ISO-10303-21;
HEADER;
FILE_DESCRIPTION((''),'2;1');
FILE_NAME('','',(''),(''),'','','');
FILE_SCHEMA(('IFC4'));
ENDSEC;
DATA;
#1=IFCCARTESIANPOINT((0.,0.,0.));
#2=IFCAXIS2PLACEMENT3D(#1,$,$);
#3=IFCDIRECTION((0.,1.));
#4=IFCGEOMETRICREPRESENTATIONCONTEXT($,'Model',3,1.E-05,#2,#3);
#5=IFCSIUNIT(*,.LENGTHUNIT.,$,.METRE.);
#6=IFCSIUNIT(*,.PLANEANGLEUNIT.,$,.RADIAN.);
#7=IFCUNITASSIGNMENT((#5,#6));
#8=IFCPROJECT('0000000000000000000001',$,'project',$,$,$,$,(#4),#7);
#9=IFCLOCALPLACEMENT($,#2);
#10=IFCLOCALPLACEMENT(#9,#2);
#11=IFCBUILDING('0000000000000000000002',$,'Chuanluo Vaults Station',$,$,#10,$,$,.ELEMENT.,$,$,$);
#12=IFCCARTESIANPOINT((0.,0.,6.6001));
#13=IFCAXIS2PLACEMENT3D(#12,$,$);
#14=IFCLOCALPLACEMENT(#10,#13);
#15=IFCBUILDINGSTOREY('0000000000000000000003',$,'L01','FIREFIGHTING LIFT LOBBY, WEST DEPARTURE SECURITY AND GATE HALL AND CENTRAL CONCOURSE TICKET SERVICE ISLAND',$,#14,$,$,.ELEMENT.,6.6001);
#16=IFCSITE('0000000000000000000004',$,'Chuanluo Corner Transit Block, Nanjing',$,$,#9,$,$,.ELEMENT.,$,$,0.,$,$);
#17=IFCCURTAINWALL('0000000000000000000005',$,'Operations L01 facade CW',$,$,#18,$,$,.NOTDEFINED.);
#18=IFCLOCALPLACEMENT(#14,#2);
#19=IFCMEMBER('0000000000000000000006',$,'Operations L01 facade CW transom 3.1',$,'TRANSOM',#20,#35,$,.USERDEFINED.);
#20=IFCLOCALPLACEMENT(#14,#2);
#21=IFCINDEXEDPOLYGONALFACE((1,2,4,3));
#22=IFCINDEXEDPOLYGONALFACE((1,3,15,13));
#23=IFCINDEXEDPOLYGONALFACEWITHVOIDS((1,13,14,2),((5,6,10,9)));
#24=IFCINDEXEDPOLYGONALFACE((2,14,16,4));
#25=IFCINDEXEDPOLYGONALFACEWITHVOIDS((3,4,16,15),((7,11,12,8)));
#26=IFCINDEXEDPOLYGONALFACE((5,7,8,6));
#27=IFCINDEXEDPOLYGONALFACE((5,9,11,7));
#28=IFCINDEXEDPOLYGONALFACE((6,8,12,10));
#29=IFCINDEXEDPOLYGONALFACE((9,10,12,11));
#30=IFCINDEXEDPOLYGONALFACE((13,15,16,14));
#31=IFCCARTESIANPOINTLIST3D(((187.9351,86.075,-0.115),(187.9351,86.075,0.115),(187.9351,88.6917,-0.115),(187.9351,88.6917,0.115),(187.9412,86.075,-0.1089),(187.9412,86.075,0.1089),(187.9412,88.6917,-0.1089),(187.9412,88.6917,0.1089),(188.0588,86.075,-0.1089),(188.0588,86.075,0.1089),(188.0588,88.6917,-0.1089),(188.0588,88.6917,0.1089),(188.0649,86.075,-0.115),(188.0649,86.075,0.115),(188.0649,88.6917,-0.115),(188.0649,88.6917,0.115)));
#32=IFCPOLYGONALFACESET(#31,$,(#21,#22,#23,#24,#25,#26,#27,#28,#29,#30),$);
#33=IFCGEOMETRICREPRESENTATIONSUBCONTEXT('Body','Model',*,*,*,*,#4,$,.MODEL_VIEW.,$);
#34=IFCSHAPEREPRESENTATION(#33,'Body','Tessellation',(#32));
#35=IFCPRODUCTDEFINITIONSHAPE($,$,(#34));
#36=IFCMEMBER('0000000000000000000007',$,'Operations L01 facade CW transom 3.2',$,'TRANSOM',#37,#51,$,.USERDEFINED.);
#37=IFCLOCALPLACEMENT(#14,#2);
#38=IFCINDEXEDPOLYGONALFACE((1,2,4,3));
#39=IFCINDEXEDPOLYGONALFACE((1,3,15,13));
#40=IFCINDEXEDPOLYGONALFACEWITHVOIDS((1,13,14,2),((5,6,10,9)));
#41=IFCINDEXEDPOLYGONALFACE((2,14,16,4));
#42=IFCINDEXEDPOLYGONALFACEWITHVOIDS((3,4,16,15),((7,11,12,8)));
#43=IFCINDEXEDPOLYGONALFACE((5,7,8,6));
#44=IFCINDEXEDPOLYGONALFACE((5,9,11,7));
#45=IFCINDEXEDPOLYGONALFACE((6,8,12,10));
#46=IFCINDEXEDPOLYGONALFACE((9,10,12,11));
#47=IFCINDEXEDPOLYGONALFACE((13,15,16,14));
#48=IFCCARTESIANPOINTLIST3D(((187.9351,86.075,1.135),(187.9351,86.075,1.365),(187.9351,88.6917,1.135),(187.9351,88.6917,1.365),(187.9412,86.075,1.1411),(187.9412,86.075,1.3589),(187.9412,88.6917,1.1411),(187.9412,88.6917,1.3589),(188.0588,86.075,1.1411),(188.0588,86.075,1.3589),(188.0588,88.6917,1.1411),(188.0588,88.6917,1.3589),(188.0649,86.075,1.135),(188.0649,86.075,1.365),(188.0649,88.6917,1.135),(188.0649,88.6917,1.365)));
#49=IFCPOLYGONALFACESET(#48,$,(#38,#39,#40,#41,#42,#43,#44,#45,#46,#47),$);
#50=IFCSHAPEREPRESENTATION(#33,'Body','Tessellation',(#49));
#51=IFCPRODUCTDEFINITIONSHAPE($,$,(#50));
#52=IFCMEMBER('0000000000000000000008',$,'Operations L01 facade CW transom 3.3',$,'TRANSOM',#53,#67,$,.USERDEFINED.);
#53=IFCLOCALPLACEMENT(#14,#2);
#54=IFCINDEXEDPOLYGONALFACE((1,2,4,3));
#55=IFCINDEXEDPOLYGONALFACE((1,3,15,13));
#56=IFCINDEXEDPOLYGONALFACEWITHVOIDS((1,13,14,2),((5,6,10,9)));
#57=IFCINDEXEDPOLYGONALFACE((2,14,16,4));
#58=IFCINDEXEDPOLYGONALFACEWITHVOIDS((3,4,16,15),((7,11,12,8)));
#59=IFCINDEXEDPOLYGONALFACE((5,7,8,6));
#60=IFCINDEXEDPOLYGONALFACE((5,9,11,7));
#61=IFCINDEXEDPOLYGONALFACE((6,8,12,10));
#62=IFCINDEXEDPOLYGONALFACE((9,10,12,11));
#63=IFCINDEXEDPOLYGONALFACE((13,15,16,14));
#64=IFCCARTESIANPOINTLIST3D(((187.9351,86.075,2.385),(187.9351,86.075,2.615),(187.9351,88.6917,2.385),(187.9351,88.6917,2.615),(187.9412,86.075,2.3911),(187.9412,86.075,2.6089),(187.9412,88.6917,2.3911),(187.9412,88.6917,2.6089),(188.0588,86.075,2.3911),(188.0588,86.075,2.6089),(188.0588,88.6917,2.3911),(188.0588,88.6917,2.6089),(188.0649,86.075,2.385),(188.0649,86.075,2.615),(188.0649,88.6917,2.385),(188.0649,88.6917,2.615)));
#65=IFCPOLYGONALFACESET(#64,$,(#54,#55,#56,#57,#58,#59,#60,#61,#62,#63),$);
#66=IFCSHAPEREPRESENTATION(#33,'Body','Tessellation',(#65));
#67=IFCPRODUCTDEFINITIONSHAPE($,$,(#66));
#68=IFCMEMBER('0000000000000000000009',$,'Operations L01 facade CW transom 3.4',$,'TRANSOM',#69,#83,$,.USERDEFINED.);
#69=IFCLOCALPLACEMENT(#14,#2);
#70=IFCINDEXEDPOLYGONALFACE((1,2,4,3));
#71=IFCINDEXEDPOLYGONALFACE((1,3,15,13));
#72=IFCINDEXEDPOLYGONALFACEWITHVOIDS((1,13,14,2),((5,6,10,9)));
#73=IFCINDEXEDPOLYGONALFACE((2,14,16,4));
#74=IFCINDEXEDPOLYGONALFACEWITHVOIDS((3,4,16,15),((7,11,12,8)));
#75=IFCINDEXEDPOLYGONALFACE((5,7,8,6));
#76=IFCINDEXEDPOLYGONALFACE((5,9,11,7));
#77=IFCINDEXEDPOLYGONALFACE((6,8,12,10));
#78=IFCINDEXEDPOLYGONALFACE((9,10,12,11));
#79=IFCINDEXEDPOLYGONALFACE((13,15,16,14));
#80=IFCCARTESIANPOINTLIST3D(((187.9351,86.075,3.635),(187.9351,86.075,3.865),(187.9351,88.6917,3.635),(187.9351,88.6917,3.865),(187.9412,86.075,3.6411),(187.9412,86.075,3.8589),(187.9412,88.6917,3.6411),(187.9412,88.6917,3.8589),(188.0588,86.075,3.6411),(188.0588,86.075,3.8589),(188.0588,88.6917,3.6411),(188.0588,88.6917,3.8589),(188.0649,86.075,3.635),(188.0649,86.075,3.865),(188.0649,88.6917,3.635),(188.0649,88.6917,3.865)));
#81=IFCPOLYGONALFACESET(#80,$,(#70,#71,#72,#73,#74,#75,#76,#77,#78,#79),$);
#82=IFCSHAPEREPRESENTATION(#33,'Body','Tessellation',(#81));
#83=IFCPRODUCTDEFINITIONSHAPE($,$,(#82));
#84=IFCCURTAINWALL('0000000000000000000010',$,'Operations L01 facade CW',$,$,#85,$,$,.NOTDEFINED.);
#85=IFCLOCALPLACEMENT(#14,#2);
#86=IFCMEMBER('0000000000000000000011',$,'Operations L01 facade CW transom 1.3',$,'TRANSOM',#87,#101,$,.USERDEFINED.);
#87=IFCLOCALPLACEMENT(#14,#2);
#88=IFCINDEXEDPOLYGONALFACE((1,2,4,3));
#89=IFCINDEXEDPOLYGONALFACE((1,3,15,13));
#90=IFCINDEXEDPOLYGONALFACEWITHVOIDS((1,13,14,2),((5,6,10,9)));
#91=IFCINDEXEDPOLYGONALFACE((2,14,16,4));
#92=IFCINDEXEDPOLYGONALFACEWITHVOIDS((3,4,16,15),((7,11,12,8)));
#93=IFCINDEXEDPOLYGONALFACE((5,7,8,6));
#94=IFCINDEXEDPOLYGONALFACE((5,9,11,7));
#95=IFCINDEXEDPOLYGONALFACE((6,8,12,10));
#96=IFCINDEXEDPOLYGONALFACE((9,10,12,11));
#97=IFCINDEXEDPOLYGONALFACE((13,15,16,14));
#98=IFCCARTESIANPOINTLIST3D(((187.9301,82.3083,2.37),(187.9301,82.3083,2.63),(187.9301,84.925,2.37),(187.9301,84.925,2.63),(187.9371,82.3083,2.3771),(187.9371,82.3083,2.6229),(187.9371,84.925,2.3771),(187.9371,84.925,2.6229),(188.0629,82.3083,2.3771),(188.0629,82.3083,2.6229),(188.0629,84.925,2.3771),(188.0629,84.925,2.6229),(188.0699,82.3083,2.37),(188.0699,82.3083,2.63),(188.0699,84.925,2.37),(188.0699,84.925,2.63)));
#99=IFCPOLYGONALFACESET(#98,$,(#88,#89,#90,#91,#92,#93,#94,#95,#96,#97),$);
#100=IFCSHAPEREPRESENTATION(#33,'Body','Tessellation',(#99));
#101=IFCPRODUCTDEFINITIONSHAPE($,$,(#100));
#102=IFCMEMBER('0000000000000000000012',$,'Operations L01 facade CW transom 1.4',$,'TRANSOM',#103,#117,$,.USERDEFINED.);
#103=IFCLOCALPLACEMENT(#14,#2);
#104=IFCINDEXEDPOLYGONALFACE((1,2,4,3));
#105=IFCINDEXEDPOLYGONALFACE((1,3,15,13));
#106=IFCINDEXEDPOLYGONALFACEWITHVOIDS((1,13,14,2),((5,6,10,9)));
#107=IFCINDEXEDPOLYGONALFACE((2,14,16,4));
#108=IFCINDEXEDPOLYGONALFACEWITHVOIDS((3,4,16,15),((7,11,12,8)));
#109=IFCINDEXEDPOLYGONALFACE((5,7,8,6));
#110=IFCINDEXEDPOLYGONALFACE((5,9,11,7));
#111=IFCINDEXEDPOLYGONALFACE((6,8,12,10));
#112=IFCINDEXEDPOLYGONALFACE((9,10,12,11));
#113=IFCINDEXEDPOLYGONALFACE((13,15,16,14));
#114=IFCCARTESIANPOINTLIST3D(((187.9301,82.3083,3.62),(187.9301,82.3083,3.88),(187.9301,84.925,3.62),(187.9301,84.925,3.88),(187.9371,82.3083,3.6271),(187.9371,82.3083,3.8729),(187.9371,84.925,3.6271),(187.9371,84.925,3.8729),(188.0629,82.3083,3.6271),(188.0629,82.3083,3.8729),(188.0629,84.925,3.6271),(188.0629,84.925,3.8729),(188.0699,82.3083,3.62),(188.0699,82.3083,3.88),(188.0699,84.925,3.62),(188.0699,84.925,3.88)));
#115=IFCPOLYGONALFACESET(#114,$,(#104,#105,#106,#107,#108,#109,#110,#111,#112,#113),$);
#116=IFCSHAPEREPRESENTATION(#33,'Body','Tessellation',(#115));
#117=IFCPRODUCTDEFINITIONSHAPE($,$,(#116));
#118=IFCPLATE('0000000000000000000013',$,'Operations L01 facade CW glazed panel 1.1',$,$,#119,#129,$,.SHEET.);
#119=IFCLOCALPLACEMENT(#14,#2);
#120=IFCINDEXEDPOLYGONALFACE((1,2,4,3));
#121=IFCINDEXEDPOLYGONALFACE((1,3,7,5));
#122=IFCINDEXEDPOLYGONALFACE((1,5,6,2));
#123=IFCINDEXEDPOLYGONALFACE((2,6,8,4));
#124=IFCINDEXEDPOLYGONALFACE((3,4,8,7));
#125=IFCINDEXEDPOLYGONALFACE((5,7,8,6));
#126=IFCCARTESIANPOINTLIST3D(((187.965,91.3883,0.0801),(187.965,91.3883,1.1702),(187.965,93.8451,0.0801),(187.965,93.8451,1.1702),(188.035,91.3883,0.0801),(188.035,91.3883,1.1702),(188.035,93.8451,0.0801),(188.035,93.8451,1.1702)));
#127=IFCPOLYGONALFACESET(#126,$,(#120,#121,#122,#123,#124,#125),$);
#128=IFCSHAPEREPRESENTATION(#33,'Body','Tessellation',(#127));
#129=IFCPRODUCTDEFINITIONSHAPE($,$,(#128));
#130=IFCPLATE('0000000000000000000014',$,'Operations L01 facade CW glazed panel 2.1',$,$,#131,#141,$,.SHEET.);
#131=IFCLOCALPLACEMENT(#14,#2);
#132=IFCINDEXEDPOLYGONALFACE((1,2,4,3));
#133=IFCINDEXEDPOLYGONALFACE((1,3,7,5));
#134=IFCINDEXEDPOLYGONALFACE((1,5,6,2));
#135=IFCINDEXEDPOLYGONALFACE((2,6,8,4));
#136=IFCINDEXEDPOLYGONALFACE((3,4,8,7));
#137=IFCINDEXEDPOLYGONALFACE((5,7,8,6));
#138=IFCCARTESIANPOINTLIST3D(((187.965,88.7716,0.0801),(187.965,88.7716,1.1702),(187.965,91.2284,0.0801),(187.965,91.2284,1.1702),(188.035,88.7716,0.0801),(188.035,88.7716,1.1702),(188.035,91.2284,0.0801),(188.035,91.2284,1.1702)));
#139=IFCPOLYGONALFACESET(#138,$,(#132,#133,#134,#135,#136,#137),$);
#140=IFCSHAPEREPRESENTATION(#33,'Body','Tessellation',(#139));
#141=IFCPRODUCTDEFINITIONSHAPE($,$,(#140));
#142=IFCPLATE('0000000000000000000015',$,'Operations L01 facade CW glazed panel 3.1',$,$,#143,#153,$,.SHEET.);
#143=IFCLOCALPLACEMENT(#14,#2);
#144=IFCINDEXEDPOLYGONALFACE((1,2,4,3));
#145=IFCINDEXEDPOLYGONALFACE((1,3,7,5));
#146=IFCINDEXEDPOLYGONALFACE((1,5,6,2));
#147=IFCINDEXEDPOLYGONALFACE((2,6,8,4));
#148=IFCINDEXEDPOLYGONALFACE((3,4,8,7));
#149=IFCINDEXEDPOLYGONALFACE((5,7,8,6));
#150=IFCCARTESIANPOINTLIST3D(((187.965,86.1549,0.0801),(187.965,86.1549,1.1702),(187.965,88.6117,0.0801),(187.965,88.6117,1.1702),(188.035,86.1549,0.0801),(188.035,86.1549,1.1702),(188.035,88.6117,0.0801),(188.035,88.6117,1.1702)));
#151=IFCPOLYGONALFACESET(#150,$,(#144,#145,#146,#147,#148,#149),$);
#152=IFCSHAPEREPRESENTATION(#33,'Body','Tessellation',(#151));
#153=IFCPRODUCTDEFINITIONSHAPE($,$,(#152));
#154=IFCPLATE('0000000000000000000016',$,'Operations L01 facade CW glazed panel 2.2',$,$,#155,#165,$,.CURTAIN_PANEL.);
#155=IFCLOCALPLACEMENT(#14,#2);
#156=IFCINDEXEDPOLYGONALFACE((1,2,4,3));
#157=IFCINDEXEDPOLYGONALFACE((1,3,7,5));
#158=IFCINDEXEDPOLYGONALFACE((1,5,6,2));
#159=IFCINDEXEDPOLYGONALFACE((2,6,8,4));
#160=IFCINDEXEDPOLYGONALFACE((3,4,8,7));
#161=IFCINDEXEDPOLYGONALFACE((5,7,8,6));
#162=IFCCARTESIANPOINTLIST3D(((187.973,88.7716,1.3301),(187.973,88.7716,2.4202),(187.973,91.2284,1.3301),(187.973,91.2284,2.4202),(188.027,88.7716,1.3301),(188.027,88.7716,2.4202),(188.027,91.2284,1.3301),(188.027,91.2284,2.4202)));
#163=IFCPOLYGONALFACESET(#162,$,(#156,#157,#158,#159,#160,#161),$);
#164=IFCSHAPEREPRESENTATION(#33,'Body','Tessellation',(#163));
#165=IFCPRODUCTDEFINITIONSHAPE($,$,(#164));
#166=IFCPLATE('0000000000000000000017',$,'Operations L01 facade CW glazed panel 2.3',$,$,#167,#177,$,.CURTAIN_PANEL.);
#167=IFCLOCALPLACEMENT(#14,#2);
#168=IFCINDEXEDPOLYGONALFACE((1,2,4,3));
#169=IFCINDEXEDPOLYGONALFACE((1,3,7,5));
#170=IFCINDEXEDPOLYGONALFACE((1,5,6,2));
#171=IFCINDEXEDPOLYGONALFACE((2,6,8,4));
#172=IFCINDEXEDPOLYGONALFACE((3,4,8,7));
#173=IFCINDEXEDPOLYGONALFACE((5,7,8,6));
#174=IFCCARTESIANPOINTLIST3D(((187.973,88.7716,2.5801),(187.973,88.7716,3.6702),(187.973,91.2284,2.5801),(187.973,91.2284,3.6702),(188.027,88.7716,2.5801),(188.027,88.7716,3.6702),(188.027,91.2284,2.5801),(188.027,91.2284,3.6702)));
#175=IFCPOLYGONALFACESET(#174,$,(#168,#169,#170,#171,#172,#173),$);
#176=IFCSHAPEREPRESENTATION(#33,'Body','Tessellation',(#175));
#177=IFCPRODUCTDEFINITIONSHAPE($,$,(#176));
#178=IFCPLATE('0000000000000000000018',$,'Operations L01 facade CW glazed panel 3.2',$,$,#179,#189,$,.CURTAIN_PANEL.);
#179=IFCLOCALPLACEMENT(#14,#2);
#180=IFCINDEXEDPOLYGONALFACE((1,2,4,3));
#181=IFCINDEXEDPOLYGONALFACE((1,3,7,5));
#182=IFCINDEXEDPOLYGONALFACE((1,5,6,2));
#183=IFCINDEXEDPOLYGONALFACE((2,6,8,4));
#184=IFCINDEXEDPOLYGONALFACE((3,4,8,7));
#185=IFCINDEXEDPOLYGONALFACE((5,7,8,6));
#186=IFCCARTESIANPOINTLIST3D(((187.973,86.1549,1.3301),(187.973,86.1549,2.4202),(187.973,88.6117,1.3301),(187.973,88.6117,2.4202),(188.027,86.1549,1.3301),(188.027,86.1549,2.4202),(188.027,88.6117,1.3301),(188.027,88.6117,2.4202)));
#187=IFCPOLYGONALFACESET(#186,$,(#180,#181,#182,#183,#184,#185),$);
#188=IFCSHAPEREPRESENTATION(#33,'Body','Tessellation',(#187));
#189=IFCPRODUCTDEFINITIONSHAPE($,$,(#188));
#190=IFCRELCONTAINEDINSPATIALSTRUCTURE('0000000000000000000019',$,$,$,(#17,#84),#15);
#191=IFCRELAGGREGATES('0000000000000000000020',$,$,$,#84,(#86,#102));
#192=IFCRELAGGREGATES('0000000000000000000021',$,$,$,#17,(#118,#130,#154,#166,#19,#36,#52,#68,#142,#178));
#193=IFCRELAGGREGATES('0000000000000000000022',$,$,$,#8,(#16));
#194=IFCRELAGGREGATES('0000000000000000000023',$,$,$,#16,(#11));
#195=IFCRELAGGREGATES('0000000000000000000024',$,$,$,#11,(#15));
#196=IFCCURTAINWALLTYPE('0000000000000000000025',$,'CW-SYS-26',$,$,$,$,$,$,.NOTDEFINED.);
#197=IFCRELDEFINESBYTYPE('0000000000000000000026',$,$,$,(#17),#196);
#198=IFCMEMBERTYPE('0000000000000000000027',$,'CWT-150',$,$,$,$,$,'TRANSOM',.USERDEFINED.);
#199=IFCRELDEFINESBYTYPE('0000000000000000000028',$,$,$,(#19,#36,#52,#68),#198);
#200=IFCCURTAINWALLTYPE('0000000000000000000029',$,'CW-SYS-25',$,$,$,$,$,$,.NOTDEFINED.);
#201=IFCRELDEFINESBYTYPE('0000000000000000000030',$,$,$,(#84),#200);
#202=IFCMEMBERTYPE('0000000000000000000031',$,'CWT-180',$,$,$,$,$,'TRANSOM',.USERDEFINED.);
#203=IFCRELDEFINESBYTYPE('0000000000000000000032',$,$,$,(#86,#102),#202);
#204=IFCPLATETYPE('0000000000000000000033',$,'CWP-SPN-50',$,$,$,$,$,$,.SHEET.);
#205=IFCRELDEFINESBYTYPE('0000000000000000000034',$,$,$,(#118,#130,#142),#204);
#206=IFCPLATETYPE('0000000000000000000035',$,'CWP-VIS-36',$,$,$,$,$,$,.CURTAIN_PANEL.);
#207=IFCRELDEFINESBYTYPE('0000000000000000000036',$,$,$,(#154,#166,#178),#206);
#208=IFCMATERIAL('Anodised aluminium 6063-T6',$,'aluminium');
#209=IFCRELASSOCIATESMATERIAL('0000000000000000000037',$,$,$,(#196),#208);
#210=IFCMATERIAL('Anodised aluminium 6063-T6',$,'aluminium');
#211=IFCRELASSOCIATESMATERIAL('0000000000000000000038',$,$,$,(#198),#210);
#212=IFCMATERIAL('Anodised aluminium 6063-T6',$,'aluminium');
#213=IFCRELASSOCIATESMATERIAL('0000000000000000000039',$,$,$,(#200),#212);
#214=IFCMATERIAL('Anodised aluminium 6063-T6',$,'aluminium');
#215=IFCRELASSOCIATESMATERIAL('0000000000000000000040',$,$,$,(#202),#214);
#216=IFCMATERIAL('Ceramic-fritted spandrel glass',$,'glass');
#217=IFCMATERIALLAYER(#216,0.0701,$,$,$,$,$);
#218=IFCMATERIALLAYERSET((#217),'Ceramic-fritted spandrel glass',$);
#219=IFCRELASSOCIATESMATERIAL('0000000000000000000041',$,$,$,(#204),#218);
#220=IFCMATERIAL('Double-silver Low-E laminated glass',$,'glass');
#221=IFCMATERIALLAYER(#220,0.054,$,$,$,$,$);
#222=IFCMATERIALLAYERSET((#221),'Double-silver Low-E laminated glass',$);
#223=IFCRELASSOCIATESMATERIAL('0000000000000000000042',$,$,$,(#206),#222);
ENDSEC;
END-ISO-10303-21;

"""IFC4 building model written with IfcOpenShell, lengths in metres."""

from ifc_helpers import new_model, si_unit, direction, frame, origin, origin_2d, place, context, subcontext, project, spatial, rectangle, hollow_rectangle, extrude, material, layer, layer_set, material_profile, profile_set, type_object, element, aggregate, save


model = new_model("IFC4")

# Units and contexts
model_context = context("Model", 3, precision=1e-05, world=origin(), true_north=direction((0.0, 1.0)))
body_context = subcontext(model_context, "Body", "Model", "MODEL_VIEW")
ifc_project = project(units=[si_unit("LENGTHUNIT", "METRE"), si_unit("PLANEANGLEUNIT", "RADIAN")], contexts=[model_context])

# Site, building, storey
site_placement = place(None, origin())
site = spatial("IfcSite", under=ifc_project, at=site_placement, Name="Chuanluo Corner Transit Block, Nanjing", CompositionType="ELEMENT", RefElevation=0.0)
building_placement = place(site_placement, origin())
building = spatial("IfcBuilding", under=site, at=building_placement, Name="Chuanluo Vaults Station", CompositionType="ELEMENT")
storey_placement = place(building_placement, frame((0.0, 0.0, 6.6001)))
storey = spatial("IfcBuildingStorey", under=building, at=storey_placement, Name="L01", Description="FIREFIGHTING LIFT LOBBY, WEST DEPARTURE SECURITY AND GATE HALL AND CENTRAL CONCOURSE TICKET SERVICE ISLAND", CompositionType="ELEMENT", Elevation=6.6001)

# Curtain walls, members
ifc_material_1 = material(Name="Anodised aluminium 6063-T6", Category="aluminium")
curtain_wall_type_1 = type_object("IfcCurtainWallType", Name="CW-SYS-26", PredefinedType="NOTDEFINED", material=ifc_material_1)
curtain_wall_1_placement = place(storey_placement, origin())
curtain_wall_1 = element("IfcCurtainWall", 1, at=curtain_wall_1_placement, inside=storey, type_object=curtain_wall_type_1, Name="Operations L01 facade CW", PredefinedType="NOTDEFINED")
ifc_material_2 = material(Name="Anodised aluminium 6063-T6", Category="aluminium")
ifc_material_profile_1 = material_profile(ifc_material_2, hollow_rectangle(XDim=0.1299, YDim=0.23, WallThickness=0.0061, at=origin_2d()))
ifc_profile_set_1 = profile_set([ifc_material_profile_1], Name="Anodised aluminium 6063-T6")
member_type_1 = type_object("IfcMemberType", Name="CWT-150", ElementType="TRANSOM", PredefinedType="USERDEFINED", material=ifc_profile_set_1)
member_1_placement = place(storey_placement, frame((188.0, 88.6917, 0.0), z_axis=(0.0, -1.0, 0.0), x_axis=(1.0, 0.0, 0.0)))
member_1 = element("IfcMember", 2, at=member_1_placement, type_object=member_type_1, Name="Operations L01 facade CW transom 3.1", ObjectType="TRANSOM", PredefinedType="USERDEFINED", context=body_context, shape_type="SweptSolid", body=[
    extrude(hollow_rectangle(XDim=0.1299, YDim=0.23, WallThickness=0.0061, at=origin_2d()), origin(), (0.0, 0.0, 1.0), 2.6167),
])
member_2_placement = place(storey_placement, frame((188.0, 88.6917, 1.25), z_axis=(0.0, -1.0, 0.0), x_axis=(1.0, 0.0, 0.0)))
member_2 = element("IfcMember", 3, at=member_2_placement, type_object=member_type_1, Name="Operations L01 facade CW transom 3.2", ObjectType="TRANSOM", PredefinedType="USERDEFINED", context=body_context, shape_type="SweptSolid", body=[
    extrude(hollow_rectangle(XDim=0.1299, YDim=0.23, WallThickness=0.0061, at=origin_2d()), origin(), (0.0, 0.0, 1.0), 2.6167),
])
member_3_placement = place(storey_placement, frame((188.0, 88.6917, 2.5), z_axis=(0.0, -1.0, 0.0), x_axis=(1.0, 0.0, 0.0)))
member_3 = element("IfcMember", 4, at=member_3_placement, type_object=member_type_1, Name="Operations L01 facade CW transom 3.3", ObjectType="TRANSOM", PredefinedType="USERDEFINED", context=body_context, shape_type="SweptSolid", body=[
    extrude(hollow_rectangle(XDim=0.1299, YDim=0.23, WallThickness=0.0061, at=origin_2d()), origin(), (0.0, 0.0, 1.0), 2.6167),
])
member_4_placement = place(storey_placement, frame((188.0, 88.6917, 3.75), z_axis=(0.0, -1.0, 0.0), x_axis=(1.0, 0.0, 0.0)))
member_4 = element("IfcMember", 5, at=member_4_placement, type_object=member_type_1, Name="Operations L01 facade CW transom 3.4", ObjectType="TRANSOM", PredefinedType="USERDEFINED", context=body_context, shape_type="SweptSolid", body=[
    extrude(hollow_rectangle(XDim=0.1299, YDim=0.23, WallThickness=0.0061, at=origin_2d()), origin(), (0.0, 0.0, 1.0), 2.6167),
])
ifc_material_3 = material(Name="Anodised aluminium 6063-T6", Category="aluminium")
curtain_wall_type_2 = type_object("IfcCurtainWallType", Name="CW-SYS-25", PredefinedType="NOTDEFINED", material=ifc_material_3)
curtain_wall_2_placement = place(storey_placement, origin())
curtain_wall_2 = element("IfcCurtainWall", 6, at=curtain_wall_2_placement, inside=storey, type_object=curtain_wall_type_2, Name="Operations L01 facade CW", PredefinedType="NOTDEFINED")
ifc_material_4 = material(Name="Anodised aluminium 6063-T6", Category="aluminium")
ifc_material_profile_2 = material_profile(ifc_material_4, hollow_rectangle(XDim=0.1399, YDim=0.26, WallThickness=0.0071, at=origin_2d()))
ifc_profile_set_2 = profile_set([ifc_material_profile_2], Name="Anodised aluminium 6063-T6")
member_type_2 = type_object("IfcMemberType", Name="CWT-180", ElementType="TRANSOM", PredefinedType="USERDEFINED", material=ifc_profile_set_2)
member_5_placement = place(storey_placement, frame((188.0, 84.925, 2.5), z_axis=(0.0, -1.0, 0.0), x_axis=(1.0, 0.0, 0.0)))
member_5 = element("IfcMember", 7, at=member_5_placement, type_object=member_type_2, Name="Operations L01 facade CW transom 1.3", ObjectType="TRANSOM", PredefinedType="USERDEFINED", context=body_context, shape_type="SweptSolid", body=[
    extrude(hollow_rectangle(XDim=0.1399, YDim=0.26, WallThickness=0.0071, at=origin_2d()), origin(), (0.0, 0.0, 1.0), 2.6167),
])
member_6_placement = place(storey_placement, frame((188.0, 84.925, 3.75), z_axis=(0.0, -1.0, 0.0), x_axis=(1.0, 0.0, 0.0)))
member_6 = element("IfcMember", 8, at=member_6_placement, type_object=member_type_2, Name="Operations L01 facade CW transom 1.4", ObjectType="TRANSOM", PredefinedType="USERDEFINED", context=body_context, shape_type="SweptSolid", body=[
    extrude(hollow_rectangle(XDim=0.1399, YDim=0.26, WallThickness=0.0071, at=origin_2d()), origin(), (0.0, 0.0, 1.0), 2.6167),
])
aggregate(curtain_wall_2, [member_5, member_6])

# Plates
ifc_material_5 = material(Name="Ceramic-fritted spandrel glass", Category="glass")
ifc_layer_1 = layer(ifc_material_5, 0.0701)
ifc_layer_set_1 = layer_set([ifc_layer_1], Name="Ceramic-fritted spandrel glass")
plate_type_1 = type_object("IfcPlateType", Name="CWP-SPN-50", PredefinedType="SHEET", material=ifc_layer_set_1)
plate_1_placement = place(storey_placement, frame((188.0, 92.6167, 0.0801), z_axis=(0.0, 0.0, 1.0), x_axis=(0.0, -1.0, 0.0)))
plate_1 = element("IfcPlate", 9, at=plate_1_placement, type_object=plate_type_1, Name="Operations L01 facade CW glazed panel 1.1", PredefinedType="SHEET", context=body_context, shape_type="SweptSolid", body=[
    extrude(rectangle(XDim=2.4568, YDim=0.0701, at=origin_2d()), origin(), (0.0, 0.0, 1.0), 1.0901),
])
plate_2_placement = place(storey_placement, frame((188.0, 90.0, 0.0801), z_axis=(0.0, 0.0, 1.0), x_axis=(0.0, -1.0, 0.0)))
plate_2 = element("IfcPlate", 10, at=plate_2_placement, type_object=plate_type_1, Name="Operations L01 facade CW glazed panel 2.1", PredefinedType="SHEET", context=body_context, shape_type="SweptSolid", body=[
    extrude(rectangle(XDim=2.4568, YDim=0.0701, at=origin_2d()), origin(), (0.0, 0.0, 1.0), 1.0901),
])
plate_3_placement = place(storey_placement, frame((188.0, 87.3833, 0.0801), z_axis=(0.0, 0.0, 1.0), x_axis=(0.0, -1.0, 0.0)))
plate_3 = element("IfcPlate", 11, at=plate_3_placement, type_object=plate_type_1, Name="Operations L01 facade CW glazed panel 3.1", PredefinedType="SHEET", context=body_context, shape_type="SweptSolid", body=[
    extrude(rectangle(XDim=2.4568, YDim=0.0701, at=origin_2d()), origin(), (0.0, 0.0, 1.0), 1.0901),
])
ifc_material_6 = material(Name="Double-silver Low-E laminated glass", Category="glass")
ifc_layer_2 = layer(ifc_material_6, 0.054)
ifc_layer_set_2 = layer_set([ifc_layer_2], Name="Double-silver Low-E laminated glass")
plate_type_2 = type_object("IfcPlateType", Name="CWP-VIS-36", PredefinedType="CURTAIN_PANEL", material=ifc_layer_set_2)
plate_4_placement = place(storey_placement, frame((188.0, 90.0, 1.3301), z_axis=(0.0, 0.0, 1.0), x_axis=(0.0, -1.0, 0.0)))
plate_4 = element("IfcPlate", 12, at=plate_4_placement, type_object=plate_type_2, Name="Operations L01 facade CW glazed panel 2.2", PredefinedType="CURTAIN_PANEL", context=body_context, shape_type="SweptSolid", body=[
    extrude(rectangle(XDim=2.4568, YDim=0.054, at=origin_2d()), origin(), (0.0, 0.0, 1.0), 1.0901),
])
plate_5_placement = place(storey_placement, frame((188.0, 90.0, 2.5801), z_axis=(0.0, 0.0, 1.0), x_axis=(0.0, -1.0, 0.0)))
plate_5 = element("IfcPlate", 13, at=plate_5_placement, type_object=plate_type_2, Name="Operations L01 facade CW glazed panel 2.3", PredefinedType="CURTAIN_PANEL", context=body_context, shape_type="SweptSolid", body=[
    extrude(rectangle(XDim=2.4568, YDim=0.054, at=origin_2d()), origin(), (0.0, 0.0, 1.0), 1.0901),
])
plate_6_placement = place(storey_placement, frame((188.0, 87.3833, 1.3301), z_axis=(0.0, 0.0, 1.0), x_axis=(0.0, -1.0, 0.0)))
plate_6 = element("IfcPlate", 14, at=plate_6_placement, type_object=plate_type_2, Name="Operations L01 facade CW glazed panel 3.2", PredefinedType="CURTAIN_PANEL", context=body_context, shape_type="SweptSolid", body=[
    extrude(rectangle(XDim=2.4568, YDim=0.054, at=origin_2d()), origin(), (0.0, 0.0, 1.0), 1.0901),
])
aggregate(curtain_wall_1, [plate_1, plate_2, plate_4, plate_5, member_1, member_2, member_3, member_4, plate_3, plate_6])

save(model, "model.ifc")
